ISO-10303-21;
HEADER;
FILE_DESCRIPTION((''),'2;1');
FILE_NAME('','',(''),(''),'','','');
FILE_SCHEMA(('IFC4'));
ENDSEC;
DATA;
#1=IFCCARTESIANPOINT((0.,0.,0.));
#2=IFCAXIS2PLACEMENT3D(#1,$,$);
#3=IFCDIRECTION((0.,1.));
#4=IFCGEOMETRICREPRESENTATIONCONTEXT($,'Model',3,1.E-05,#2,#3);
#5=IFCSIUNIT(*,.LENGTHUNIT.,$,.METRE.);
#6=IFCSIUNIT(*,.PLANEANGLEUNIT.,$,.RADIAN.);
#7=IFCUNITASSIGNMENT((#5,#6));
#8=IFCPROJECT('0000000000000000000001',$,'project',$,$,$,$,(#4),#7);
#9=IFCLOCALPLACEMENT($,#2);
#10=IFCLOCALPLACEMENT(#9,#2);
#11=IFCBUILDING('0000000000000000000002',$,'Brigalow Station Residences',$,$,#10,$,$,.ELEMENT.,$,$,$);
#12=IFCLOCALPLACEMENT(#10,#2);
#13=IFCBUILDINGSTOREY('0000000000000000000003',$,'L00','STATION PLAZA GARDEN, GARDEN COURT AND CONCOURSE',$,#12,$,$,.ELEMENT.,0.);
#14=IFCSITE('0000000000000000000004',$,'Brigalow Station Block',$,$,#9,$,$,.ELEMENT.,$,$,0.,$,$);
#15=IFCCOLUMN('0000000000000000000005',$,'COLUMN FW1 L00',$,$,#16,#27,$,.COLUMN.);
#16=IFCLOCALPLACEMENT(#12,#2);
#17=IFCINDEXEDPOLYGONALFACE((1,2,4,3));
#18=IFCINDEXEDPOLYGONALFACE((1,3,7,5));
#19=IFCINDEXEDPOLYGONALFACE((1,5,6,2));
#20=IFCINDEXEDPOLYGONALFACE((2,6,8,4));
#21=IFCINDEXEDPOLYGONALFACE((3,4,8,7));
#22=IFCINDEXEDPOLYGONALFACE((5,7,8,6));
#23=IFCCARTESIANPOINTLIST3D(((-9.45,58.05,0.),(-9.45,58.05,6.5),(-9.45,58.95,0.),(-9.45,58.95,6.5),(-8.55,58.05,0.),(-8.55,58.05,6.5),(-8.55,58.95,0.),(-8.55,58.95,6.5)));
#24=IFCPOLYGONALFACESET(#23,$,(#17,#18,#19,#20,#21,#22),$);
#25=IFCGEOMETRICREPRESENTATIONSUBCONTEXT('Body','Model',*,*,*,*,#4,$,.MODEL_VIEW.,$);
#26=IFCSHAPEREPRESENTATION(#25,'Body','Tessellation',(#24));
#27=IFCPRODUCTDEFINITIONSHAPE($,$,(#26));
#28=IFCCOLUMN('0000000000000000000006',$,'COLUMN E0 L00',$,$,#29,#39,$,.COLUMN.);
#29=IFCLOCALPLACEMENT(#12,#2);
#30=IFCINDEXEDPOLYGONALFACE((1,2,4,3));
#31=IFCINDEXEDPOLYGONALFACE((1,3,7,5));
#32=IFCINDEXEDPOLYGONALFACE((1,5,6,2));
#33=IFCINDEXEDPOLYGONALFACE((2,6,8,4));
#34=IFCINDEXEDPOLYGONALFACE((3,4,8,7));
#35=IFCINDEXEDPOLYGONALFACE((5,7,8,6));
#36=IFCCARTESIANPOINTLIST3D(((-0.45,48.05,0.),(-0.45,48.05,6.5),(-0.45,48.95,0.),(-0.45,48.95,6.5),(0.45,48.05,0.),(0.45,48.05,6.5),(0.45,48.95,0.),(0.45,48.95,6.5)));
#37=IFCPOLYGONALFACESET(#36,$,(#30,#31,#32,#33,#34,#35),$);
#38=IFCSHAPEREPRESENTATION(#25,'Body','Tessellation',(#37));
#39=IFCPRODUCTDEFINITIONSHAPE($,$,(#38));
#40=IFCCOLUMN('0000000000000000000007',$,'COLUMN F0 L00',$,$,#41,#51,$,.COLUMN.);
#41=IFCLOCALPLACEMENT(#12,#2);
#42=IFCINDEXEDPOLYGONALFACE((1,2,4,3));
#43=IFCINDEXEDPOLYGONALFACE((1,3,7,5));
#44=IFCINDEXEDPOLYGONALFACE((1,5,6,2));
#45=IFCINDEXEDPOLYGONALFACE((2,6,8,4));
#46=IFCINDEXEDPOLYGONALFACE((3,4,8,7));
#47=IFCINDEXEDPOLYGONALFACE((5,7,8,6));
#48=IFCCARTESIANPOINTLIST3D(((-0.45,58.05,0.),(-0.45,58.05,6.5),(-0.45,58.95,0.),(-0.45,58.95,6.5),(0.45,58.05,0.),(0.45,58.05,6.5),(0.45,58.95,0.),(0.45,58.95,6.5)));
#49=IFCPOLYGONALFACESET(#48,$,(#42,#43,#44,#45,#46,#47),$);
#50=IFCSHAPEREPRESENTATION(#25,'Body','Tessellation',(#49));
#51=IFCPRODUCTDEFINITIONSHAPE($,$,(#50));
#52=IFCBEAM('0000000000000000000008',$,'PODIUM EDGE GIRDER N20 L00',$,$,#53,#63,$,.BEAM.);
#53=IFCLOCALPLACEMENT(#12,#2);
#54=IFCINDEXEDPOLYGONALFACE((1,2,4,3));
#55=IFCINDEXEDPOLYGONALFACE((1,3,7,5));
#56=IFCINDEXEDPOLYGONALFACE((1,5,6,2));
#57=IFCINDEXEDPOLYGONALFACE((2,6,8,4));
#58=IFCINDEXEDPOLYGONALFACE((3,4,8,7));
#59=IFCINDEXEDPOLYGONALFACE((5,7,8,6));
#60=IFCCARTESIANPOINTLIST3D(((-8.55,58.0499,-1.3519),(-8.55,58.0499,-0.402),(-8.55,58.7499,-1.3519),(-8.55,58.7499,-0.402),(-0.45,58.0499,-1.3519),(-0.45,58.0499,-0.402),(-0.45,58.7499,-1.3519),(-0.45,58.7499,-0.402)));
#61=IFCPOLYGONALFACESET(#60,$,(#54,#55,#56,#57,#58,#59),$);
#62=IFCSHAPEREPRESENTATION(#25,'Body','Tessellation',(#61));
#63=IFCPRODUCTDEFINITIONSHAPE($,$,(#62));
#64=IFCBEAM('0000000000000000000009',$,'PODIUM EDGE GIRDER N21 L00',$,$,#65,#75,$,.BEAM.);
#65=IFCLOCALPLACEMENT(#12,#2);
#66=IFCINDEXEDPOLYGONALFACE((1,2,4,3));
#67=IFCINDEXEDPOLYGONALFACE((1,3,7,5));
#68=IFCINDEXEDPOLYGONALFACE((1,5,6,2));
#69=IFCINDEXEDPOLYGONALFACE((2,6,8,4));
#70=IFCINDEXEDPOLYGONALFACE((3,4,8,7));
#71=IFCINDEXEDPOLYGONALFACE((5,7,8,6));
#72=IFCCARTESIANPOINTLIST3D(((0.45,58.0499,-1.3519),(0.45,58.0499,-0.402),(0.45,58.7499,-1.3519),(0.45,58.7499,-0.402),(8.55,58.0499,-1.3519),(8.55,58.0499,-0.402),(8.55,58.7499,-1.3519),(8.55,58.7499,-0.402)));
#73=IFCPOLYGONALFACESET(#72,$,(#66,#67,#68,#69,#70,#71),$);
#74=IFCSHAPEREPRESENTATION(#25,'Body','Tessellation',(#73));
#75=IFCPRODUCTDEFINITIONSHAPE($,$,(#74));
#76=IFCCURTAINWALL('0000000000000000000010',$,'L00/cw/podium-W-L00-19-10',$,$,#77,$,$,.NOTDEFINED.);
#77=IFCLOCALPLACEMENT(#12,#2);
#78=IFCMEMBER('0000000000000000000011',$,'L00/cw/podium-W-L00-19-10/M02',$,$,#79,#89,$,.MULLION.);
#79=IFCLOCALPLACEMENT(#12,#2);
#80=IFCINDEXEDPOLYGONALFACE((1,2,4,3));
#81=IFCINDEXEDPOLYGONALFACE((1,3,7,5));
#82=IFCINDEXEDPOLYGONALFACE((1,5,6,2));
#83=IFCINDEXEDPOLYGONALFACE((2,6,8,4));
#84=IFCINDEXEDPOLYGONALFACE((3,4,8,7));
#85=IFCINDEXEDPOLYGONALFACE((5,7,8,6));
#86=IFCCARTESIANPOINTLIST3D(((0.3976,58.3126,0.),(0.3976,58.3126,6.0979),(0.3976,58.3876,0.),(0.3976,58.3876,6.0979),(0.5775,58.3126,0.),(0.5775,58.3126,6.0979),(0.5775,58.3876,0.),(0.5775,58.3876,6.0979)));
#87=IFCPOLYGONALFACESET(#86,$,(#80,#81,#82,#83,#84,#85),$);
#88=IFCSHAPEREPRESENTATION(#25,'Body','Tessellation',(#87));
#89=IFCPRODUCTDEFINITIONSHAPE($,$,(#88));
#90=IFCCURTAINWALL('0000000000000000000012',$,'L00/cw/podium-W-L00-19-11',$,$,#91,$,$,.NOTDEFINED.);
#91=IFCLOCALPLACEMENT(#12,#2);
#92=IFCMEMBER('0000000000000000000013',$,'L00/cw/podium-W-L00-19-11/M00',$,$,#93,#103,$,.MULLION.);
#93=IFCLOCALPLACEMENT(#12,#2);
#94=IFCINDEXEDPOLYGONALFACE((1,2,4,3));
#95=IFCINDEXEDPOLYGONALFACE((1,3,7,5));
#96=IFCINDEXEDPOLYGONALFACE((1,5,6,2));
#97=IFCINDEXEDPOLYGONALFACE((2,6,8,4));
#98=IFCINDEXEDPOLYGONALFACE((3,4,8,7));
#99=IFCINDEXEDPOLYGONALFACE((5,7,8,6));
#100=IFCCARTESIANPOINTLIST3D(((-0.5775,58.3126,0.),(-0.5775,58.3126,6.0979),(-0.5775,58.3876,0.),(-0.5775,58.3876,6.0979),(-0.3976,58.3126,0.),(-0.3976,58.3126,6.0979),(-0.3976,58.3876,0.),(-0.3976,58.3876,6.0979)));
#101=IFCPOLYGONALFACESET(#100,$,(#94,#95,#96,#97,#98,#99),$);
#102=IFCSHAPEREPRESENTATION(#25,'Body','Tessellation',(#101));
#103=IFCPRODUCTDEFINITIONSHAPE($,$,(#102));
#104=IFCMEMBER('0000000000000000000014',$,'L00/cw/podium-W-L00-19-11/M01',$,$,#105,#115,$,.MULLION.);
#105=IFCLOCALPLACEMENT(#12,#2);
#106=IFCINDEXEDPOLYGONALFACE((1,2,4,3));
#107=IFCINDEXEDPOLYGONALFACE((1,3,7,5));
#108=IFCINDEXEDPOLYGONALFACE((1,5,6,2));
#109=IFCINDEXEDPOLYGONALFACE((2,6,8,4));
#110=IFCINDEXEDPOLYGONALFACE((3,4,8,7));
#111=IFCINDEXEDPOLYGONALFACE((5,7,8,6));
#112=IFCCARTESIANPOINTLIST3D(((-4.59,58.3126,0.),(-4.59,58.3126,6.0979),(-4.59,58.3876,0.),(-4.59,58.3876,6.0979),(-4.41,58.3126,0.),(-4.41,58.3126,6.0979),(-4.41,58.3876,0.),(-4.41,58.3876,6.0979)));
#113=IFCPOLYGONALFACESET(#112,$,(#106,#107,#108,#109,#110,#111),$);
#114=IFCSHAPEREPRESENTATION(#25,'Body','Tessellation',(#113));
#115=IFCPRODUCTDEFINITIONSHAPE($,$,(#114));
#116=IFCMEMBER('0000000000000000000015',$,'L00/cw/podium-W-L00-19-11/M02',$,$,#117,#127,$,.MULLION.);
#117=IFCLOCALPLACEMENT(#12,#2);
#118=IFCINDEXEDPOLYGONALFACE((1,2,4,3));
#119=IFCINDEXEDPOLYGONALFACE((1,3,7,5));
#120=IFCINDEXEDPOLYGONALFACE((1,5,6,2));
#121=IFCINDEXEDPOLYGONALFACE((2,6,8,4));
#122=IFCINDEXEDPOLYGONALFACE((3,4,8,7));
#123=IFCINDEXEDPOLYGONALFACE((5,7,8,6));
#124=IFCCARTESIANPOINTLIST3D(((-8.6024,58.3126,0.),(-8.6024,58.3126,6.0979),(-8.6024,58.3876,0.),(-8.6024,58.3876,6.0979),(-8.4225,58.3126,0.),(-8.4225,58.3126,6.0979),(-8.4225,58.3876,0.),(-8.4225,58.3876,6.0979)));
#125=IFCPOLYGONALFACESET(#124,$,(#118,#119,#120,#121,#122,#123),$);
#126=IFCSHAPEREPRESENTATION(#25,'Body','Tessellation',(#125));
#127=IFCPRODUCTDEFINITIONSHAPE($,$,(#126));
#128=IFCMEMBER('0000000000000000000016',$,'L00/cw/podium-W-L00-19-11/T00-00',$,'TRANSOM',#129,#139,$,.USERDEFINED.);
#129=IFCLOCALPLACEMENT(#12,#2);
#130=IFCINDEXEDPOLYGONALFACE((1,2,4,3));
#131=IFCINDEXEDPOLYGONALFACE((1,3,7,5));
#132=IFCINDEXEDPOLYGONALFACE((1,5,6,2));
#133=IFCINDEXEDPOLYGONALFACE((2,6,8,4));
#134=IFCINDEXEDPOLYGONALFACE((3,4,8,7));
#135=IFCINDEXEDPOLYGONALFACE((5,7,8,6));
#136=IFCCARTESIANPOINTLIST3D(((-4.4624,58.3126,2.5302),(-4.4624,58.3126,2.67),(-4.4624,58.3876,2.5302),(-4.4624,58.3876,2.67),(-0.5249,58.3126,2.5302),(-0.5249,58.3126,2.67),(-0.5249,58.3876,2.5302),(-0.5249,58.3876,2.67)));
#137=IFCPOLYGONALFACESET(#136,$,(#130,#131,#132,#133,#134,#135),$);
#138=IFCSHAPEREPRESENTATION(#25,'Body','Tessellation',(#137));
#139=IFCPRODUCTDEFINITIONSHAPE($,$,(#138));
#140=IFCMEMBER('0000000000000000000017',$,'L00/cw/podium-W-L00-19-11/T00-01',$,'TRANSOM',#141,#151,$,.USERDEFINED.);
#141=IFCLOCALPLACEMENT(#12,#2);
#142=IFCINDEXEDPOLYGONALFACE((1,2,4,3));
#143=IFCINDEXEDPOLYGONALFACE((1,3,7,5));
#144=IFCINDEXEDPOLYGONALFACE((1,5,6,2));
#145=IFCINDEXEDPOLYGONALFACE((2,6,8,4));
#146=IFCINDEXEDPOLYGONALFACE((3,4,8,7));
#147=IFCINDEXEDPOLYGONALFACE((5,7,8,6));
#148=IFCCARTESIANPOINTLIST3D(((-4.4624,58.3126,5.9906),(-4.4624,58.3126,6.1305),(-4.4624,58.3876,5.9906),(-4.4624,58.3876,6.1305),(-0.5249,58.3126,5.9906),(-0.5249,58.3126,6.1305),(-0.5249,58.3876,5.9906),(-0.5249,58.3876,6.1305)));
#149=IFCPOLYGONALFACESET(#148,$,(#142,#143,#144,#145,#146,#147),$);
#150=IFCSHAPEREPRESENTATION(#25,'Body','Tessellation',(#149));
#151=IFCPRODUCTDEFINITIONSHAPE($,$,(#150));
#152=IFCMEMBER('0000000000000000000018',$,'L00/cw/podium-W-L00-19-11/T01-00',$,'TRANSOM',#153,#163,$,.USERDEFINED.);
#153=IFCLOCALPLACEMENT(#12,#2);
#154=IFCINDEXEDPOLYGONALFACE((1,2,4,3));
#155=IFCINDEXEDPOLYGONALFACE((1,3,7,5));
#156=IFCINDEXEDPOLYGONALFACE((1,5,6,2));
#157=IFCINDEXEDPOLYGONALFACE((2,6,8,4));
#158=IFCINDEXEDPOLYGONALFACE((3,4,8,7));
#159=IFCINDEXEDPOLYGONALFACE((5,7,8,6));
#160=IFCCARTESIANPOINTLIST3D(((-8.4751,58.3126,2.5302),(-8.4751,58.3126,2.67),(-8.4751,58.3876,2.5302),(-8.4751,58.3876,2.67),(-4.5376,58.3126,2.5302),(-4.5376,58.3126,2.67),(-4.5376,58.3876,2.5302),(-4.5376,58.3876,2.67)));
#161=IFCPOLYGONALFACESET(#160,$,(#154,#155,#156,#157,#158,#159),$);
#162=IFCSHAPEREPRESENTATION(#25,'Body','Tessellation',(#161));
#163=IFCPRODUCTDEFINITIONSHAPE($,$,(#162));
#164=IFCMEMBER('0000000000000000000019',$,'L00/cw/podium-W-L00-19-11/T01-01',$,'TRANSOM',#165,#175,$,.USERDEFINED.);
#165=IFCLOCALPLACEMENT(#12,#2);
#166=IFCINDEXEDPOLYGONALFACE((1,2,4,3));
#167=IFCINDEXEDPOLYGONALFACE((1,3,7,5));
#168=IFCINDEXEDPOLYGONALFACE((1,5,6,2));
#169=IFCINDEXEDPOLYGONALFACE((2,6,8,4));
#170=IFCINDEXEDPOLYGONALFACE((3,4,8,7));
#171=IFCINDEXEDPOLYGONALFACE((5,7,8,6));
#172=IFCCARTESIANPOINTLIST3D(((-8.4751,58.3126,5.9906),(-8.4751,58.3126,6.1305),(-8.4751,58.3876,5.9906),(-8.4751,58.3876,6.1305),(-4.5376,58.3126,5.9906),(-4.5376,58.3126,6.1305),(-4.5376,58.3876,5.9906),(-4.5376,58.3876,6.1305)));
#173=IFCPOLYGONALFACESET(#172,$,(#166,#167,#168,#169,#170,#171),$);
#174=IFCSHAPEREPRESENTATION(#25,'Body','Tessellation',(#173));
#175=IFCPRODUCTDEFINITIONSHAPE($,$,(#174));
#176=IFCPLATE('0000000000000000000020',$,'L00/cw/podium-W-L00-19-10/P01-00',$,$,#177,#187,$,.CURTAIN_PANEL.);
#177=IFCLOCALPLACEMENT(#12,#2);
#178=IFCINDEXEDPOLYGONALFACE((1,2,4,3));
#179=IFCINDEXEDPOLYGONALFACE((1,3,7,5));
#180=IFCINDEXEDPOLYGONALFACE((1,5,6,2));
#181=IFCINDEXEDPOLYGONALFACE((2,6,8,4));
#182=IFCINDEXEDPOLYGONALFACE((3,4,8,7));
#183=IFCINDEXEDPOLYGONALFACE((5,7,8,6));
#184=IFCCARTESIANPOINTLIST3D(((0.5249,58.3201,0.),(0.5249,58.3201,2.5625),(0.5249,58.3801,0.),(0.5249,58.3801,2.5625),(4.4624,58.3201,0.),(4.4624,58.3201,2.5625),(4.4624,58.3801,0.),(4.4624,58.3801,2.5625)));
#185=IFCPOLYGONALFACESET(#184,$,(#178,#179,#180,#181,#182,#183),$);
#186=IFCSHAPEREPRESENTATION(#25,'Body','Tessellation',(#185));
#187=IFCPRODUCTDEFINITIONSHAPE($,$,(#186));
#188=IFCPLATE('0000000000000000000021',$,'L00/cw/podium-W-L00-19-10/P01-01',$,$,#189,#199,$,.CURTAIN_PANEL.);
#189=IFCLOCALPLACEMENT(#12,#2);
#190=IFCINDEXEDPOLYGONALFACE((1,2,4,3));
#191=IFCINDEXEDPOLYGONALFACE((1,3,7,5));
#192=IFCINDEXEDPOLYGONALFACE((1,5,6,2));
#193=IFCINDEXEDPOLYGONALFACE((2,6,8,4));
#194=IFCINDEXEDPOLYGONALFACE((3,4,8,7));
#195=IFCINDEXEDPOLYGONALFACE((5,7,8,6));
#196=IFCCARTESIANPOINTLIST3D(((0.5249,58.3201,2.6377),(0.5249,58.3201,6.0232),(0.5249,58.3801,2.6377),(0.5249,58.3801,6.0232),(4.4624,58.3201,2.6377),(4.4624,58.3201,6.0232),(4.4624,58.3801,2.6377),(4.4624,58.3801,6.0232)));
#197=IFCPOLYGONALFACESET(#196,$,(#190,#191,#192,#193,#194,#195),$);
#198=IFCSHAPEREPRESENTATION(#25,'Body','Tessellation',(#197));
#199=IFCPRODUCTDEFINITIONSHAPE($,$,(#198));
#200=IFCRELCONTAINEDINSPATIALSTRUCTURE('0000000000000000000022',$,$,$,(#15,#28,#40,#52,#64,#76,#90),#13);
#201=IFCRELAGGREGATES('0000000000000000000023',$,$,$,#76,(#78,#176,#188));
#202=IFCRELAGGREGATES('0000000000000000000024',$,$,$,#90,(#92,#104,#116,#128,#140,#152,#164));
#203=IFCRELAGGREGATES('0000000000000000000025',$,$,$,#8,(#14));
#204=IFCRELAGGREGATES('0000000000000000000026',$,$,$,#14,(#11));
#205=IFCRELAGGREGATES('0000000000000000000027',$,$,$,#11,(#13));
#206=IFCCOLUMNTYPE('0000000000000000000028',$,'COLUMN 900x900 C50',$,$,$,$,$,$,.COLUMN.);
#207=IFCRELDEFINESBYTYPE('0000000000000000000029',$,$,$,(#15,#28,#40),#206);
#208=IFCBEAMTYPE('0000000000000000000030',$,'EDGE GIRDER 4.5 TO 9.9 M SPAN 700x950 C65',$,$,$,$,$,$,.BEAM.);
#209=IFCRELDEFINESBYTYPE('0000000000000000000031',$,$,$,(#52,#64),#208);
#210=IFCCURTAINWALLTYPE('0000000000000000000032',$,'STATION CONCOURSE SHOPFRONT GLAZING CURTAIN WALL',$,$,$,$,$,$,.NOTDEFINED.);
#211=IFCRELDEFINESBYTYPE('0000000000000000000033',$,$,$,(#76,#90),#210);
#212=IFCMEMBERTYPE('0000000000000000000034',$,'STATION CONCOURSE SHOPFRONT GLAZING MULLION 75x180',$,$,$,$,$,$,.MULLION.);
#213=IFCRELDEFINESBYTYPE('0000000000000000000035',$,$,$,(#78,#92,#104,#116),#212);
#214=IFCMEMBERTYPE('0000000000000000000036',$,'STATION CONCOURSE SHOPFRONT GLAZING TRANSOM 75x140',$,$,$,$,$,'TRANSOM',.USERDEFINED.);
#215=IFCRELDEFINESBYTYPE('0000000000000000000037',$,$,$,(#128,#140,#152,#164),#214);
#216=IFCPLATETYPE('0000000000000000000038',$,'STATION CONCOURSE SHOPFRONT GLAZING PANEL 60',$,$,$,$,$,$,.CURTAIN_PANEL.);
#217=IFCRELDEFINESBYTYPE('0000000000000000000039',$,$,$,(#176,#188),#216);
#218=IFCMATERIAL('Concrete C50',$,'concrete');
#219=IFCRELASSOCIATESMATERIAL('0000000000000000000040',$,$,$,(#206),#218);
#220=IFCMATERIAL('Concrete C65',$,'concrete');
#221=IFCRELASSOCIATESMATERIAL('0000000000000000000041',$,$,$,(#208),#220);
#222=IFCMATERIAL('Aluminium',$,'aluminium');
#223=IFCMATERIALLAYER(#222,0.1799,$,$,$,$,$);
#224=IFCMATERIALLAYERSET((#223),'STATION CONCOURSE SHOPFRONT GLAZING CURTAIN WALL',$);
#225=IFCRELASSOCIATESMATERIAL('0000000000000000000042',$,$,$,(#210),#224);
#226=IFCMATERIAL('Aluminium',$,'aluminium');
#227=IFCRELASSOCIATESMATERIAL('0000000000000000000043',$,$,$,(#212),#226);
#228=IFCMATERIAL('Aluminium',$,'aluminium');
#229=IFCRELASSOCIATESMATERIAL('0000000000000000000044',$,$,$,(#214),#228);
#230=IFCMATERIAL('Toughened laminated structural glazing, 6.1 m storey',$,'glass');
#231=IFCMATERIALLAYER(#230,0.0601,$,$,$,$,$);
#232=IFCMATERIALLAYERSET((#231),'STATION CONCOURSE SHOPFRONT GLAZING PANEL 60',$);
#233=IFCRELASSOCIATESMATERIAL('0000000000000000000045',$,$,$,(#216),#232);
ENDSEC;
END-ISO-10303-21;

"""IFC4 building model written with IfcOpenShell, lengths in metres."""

from ifc_helpers import new_model, si_unit, direction, frame, origin, origin_2d, place, context, subcontext, project, spatial, rectangle, extrude, material, layer, layer_set, material_profile, profile_set, type_object, element, aggregate, save


model = new_model("IFC4")

# Units and contexts
model_context = context("Model", 3, precision=1e-05, world=origin(), true_north=direction((0.0, 1.0)))
body_context = subcontext(model_context, "Body", "Model", "MODEL_VIEW")
ifc_project = project(units=[si_unit("LENGTHUNIT", "METRE"), si_unit("PLANEANGLEUNIT", "RADIAN")], contexts=[model_context])

# Site, building, storey
site_placement = place(None, origin())
site = spatial("IfcSite", under=ifc_project, at=site_placement, Name="Brigalow Station Block", CompositionType="ELEMENT", RefElevation=0.0)
building_placement = place(site_placement, origin())
building = spatial("IfcBuilding", under=site, at=building_placement, Name="Brigalow Station Residences", CompositionType="ELEMENT")
storey_placement = place(building_placement, origin())
storey = spatial("IfcBuildingStorey", under=building, at=storey_placement, Name="L00", Description="STATION PLAZA GARDEN, GARDEN COURT AND CONCOURSE", CompositionType="ELEMENT", Elevation=0.0)

# Columns
ifc_material_1 = material(Name="Concrete C50", Category="concrete")
ifc_material_profile_1 = material_profile(ifc_material_1, rectangle(XDim=0.8999, YDim=0.8999, at=origin_2d()), Name="RC900x900")
ifc_profile_set_1 = profile_set([ifc_material_profile_1], Name="Concrete C50")
column_type = type_object("IfcColumnType", Name="COLUMN 900x900 C50", PredefinedType="COLUMN", material=ifc_profile_set_1)
for number, where, z_axis, x_axis, name in (
    (1, (-9.0, 58.5, 0.0), (0.0, 0.0, 1.0), (1.0, 0.0, 0.0), "COLUMN FW1 L00"),
    (2, (0.0, 48.5, 0.0), (0.0, 0.0, 1.0), (1.0, 0.0, 0.0), "COLUMN E0 L00"),
    (3, (0.0, 58.5, 0.0), (0.0, 0.0, 1.0), (1.0, 0.0, 0.0), "COLUMN F0 L00"),
):
    element("IfcColumn", number, at=place(storey_placement, frame(where, z_axis=z_axis, x_axis=x_axis)), inside=storey, type_object=column_type, Name=name, PredefinedType="COLUMN", context=body_context, shape_type="SweptSolid", body=[
        extrude(rectangle(XDim=0.8999, YDim=0.8999, at=origin_2d()), origin(), (0.0, 0.0, 1.0), 6.5),
    ])

# Beams
ifc_material_2 = material(Name="Concrete C65", Category="concrete")
ifc_material_profile_2 = material_profile(ifc_material_2, rectangle(XDim=0.7, YDim=0.95, at=origin_2d()), Name="RC700x950")
ifc_profile_set_2 = profile_set([ifc_material_profile_2], Name="Concrete C65")
beam_type = type_object("IfcBeamType", Name="EDGE GIRDER 4.5 TO 9.9 M SPAN 700x950 C65", PredefinedType="BEAM", material=ifc_profile_set_2)
for number, where, z_axis, x_axis, name in (
    (4, (-8.55, 58.3999, -0.877), (1.0, 0.0, 0.0), (0.0, 1.0, 0.0), "PODIUM EDGE GIRDER N20 L00"),
    (5, (0.45, 58.3999, -0.877), (1.0, 0.0, 0.0), (0.0, 1.0, 0.0), "PODIUM EDGE GIRDER N21 L00"),
):
    element("IfcBeam", number, at=place(storey_placement, frame(where, z_axis=z_axis, x_axis=x_axis)), inside=storey, type_object=beam_type, Name=name, PredefinedType="BEAM", context=body_context, shape_type="SweptSolid", body=[
        extrude(rectangle(XDim=0.7, YDim=0.95, at=origin_2d()), origin(), (0.0, 0.0, 1.0), 8.1001),
    ])

# Curtain wall, member
ifc_material_3 = material(Name="Aluminium", Category="aluminium")
ifc_layer_1 = layer(ifc_material_3, 0.1799)
ifc_layer_set_1 = layer_set([ifc_layer_1], Name="STATION CONCOURSE SHOPFRONT GLAZING CURTAIN WALL")
curtain_wall_type = type_object("IfcCurtainWallType", Name="STATION CONCOURSE SHOPFRONT GLAZING CURTAIN WALL", PredefinedType="NOTDEFINED", material=ifc_layer_set_1)
curtain_wall_1_placement = place(storey_placement, origin())
curtain_wall_1 = element("IfcCurtainWall", 6, at=curtain_wall_1_placement, inside=storey, type_object=curtain_wall_type, Name="L00/cw/podium-W-L00-19-10", PredefinedType="NOTDEFINED")
ifc_material_4 = material(Name="Aluminium", Category="aluminium")
ifc_material_profile_3 = material_profile(ifc_material_4, rectangle(XDim=0.075, YDim=0.1799, at=origin_2d()), Name="STATION CONCOURSE SHOPFRONT GLAZING MULLION 75x180")
ifc_profile_set_3 = profile_set([ifc_material_profile_3], Name="Aluminium")
member_type_1 = type_object("IfcMemberType", Name="STATION CONCOURSE SHOPFRONT GLAZING MULLION 75x180", PredefinedType="MULLION", material=ifc_profile_set_3)
member_1_placement = place(storey_placement, frame((0.4875, 58.3501, 0.0), z_axis=(0.0, 0.0, 1.0), x_axis=(0.0, -1.0, 0.0)))
member_1 = element("IfcMember", 7, at=member_1_placement, type_object=member_type_1, Name="L00/cw/podium-W-L00-19-10/M02", PredefinedType="MULLION", context=body_context, shape_type="SweptSolid", body=[
    extrude(rectangle(XDim=0.075, YDim=0.1799, at=origin_2d()), origin(), (0.0, 0.0, 1.0), 6.0979),
])

# Curtain wall, members
curtain_wall_2_placement = place(storey_placement, origin())
curtain_wall_2 = element("IfcCurtainWall", 8, at=curtain_wall_2_placement, inside=storey, type_object=curtain_wall_type, Name="L00/cw/podium-W-L00-19-11", PredefinedType="NOTDEFINED")
member_2_placement = place(storey_placement, frame((-0.4875, 58.3501, 0.0), z_axis=(0.0, 0.0, 1.0), x_axis=(0.0, -1.0, 0.0)))
member_2 = element("IfcMember", 9, at=member_2_placement, type_object=member_type_1, Name="L00/cw/podium-W-L00-19-11/M00", PredefinedType="MULLION", context=body_context, shape_type="SweptSolid", body=[
    extrude(rectangle(XDim=0.075, YDim=0.1799, at=origin_2d()), origin(), (0.0, 0.0, 1.0), 6.0979),
])
member_3_placement = place(storey_placement, frame((-4.5, 58.3501, 0.0), z_axis=(0.0, 0.0, 1.0), x_axis=(0.0, -1.0, 0.0)))
member_3 = element("IfcMember", 10, at=member_3_placement, type_object=member_type_1, Name="L00/cw/podium-W-L00-19-11/M01", PredefinedType="MULLION", context=body_context, shape_type="SweptSolid", body=[
    extrude(rectangle(XDim=0.075, YDim=0.1799, at=origin_2d()), origin(), (0.0, 0.0, 1.0), 6.0979),
])
member_4_placement = place(storey_placement, frame((-8.5125, 58.3501, 0.0), z_axis=(0.0, 0.0, 1.0), x_axis=(0.0, -1.0, 0.0)))
member_4 = element("IfcMember", 11, at=member_4_placement, type_object=member_type_1, Name="L00/cw/podium-W-L00-19-11/M02", PredefinedType="MULLION", context=body_context, shape_type="SweptSolid", body=[
    extrude(rectangle(XDim=0.075, YDim=0.1799, at=origin_2d()), origin(), (0.0, 0.0, 1.0), 6.0979),
])
ifc_material_5 = material(Name="Aluminium", Category="aluminium")
ifc_material_profile_4 = material_profile(ifc_material_5, rectangle(XDim=0.075, YDim=0.1399, at=origin_2d()), Name="STATION CONCOURSE SHOPFRONT GLAZING TRANSOM 75x140")
ifc_profile_set_4 = profile_set([ifc_material_profile_4], Name="Aluminium")
member_type_2 = type_object("IfcMemberType", Name="STATION CONCOURSE SHOPFRONT GLAZING TRANSOM 75x140", ElementType="TRANSOM", PredefinedType="USERDEFINED", material=ifc_profile_set_4)
member_5_placement = place(storey_placement, frame((-0.5249, 58.3501, 2.6001), z_axis=(-1.0, 0.0, 0.0), x_axis=(0.0, -1.0, 0.0)))
member_5 = element("IfcMember", 12, at=member_5_placement, type_object=member_type_2, Name="L00/cw/podium-W-L00-19-11/T00-00", ObjectType="TRANSOM", PredefinedType="USERDEFINED", context=body_context, shape_type="SweptSolid", body=[
    extrude(rectangle(XDim=0.075, YDim=0.1399, at=origin_2d()), origin(), (0.0, 0.0, 1.0), 3.9375),
])
member_6_placement = place(storey_placement, frame((-0.5249, 58.3501, 6.0605), z_axis=(-1.0, 0.0, 0.0), x_axis=(0.0, -1.0, 0.0)))
member_6 = element("IfcMember", 13, at=member_6_placement, type_object=member_type_2, Name="L00/cw/podium-W-L00-19-11/T00-01", ObjectType="TRANSOM", PredefinedType="USERDEFINED", context=body_context, shape_type="SweptSolid", body=[
    extrude(rectangle(XDim=0.075, YDim=0.1399, at=origin_2d()), origin(), (0.0, 0.0, 1.0), 3.9375),
])
member_7_placement = place(storey_placement, frame((-4.5376, 58.3501, 2.6001), z_axis=(-1.0, 0.0, 0.0), x_axis=(0.0, -1.0, 0.0)))
member_7 = element("IfcMember", 14, at=member_7_placement, type_object=member_type_2, Name="L00/cw/podium-W-L00-19-11/T01-00", ObjectType="TRANSOM", PredefinedType="USERDEFINED", context=body_context, shape_type="SweptSolid", body=[
    extrude(rectangle(XDim=0.075, YDim=0.1399, at=origin_2d()), origin(), (0.0, 0.0, 1.0), 3.9375),
])
member_8_placement = place(storey_placement, frame((-4.5376, 58.3501, 6.0605), z_axis=(-1.0, 0.0, 0.0), x_axis=(0.0, -1.0, 0.0)))
member_8 = element("IfcMember", 15, at=member_8_placement, type_object=member_type_2, Name="L00/cw/podium-W-L00-19-11/T01-01", ObjectType="TRANSOM", PredefinedType="USERDEFINED", context=body_context, shape_type="SweptSolid", body=[
    extrude(rectangle(XDim=0.075, YDim=0.1399, at=origin_2d()), origin(), (0.0, 0.0, 1.0), 3.9375),
])

# Plates
ifc_material_6 = material(Name="Toughened laminated structural glazing, 6.1 m storey", Category="glass")
ifc_layer_2 = layer(ifc_material_6, 0.0601)
ifc_layer_set_2 = layer_set([ifc_layer_2], Name="STATION CONCOURSE SHOPFRONT GLAZING PANEL 60")
plate_type = type_object("IfcPlateType", Name="STATION CONCOURSE SHOPFRONT GLAZING PANEL 60", PredefinedType="CURTAIN_PANEL", material=ifc_layer_set_2)
plate_1_placement = place(storey_placement, frame((2.4937, 58.3501, 0.0), z_axis=(0.0, 0.0, 1.0), x_axis=(-1.0, 0.0, 0.0)))
plate_1 = element("IfcPlate", 16, at=plate_1_placement, type_object=plate_type, Name="L00/cw/podium-W-L00-19-10/P01-00", PredefinedType="CURTAIN_PANEL", context=body_context, shape_type="SweptSolid", body=[
    extrude(rectangle(XDim=3.9375, YDim=0.0601, at=origin_2d()), origin(), (0.0, 0.0, 1.0), 2.5625),
])
plate_2_placement = place(storey_placement, frame((2.4937, 58.3501, 2.6377), z_axis=(0.0, 0.0, 1.0), x_axis=(-1.0, 0.0, 0.0)))
plate_2 = element("IfcPlate", 17, at=plate_2_placement, type_object=plate_type, Name="L00/cw/podium-W-L00-19-10/P01-01", PredefinedType="CURTAIN_PANEL", context=body_context, shape_type="SweptSolid", body=[
    extrude(rectangle(XDim=3.9375, YDim=0.0601, at=origin_2d()), origin(), (0.0, 0.0, 1.0), 3.3855),
])
aggregate(curtain_wall_1, [member_1, plate_1, plate_2])
aggregate(curtain_wall_2, [member_2, member_3, member_4, member_5, member_6, member_7, member_8])

save(model, "model.ifc")
